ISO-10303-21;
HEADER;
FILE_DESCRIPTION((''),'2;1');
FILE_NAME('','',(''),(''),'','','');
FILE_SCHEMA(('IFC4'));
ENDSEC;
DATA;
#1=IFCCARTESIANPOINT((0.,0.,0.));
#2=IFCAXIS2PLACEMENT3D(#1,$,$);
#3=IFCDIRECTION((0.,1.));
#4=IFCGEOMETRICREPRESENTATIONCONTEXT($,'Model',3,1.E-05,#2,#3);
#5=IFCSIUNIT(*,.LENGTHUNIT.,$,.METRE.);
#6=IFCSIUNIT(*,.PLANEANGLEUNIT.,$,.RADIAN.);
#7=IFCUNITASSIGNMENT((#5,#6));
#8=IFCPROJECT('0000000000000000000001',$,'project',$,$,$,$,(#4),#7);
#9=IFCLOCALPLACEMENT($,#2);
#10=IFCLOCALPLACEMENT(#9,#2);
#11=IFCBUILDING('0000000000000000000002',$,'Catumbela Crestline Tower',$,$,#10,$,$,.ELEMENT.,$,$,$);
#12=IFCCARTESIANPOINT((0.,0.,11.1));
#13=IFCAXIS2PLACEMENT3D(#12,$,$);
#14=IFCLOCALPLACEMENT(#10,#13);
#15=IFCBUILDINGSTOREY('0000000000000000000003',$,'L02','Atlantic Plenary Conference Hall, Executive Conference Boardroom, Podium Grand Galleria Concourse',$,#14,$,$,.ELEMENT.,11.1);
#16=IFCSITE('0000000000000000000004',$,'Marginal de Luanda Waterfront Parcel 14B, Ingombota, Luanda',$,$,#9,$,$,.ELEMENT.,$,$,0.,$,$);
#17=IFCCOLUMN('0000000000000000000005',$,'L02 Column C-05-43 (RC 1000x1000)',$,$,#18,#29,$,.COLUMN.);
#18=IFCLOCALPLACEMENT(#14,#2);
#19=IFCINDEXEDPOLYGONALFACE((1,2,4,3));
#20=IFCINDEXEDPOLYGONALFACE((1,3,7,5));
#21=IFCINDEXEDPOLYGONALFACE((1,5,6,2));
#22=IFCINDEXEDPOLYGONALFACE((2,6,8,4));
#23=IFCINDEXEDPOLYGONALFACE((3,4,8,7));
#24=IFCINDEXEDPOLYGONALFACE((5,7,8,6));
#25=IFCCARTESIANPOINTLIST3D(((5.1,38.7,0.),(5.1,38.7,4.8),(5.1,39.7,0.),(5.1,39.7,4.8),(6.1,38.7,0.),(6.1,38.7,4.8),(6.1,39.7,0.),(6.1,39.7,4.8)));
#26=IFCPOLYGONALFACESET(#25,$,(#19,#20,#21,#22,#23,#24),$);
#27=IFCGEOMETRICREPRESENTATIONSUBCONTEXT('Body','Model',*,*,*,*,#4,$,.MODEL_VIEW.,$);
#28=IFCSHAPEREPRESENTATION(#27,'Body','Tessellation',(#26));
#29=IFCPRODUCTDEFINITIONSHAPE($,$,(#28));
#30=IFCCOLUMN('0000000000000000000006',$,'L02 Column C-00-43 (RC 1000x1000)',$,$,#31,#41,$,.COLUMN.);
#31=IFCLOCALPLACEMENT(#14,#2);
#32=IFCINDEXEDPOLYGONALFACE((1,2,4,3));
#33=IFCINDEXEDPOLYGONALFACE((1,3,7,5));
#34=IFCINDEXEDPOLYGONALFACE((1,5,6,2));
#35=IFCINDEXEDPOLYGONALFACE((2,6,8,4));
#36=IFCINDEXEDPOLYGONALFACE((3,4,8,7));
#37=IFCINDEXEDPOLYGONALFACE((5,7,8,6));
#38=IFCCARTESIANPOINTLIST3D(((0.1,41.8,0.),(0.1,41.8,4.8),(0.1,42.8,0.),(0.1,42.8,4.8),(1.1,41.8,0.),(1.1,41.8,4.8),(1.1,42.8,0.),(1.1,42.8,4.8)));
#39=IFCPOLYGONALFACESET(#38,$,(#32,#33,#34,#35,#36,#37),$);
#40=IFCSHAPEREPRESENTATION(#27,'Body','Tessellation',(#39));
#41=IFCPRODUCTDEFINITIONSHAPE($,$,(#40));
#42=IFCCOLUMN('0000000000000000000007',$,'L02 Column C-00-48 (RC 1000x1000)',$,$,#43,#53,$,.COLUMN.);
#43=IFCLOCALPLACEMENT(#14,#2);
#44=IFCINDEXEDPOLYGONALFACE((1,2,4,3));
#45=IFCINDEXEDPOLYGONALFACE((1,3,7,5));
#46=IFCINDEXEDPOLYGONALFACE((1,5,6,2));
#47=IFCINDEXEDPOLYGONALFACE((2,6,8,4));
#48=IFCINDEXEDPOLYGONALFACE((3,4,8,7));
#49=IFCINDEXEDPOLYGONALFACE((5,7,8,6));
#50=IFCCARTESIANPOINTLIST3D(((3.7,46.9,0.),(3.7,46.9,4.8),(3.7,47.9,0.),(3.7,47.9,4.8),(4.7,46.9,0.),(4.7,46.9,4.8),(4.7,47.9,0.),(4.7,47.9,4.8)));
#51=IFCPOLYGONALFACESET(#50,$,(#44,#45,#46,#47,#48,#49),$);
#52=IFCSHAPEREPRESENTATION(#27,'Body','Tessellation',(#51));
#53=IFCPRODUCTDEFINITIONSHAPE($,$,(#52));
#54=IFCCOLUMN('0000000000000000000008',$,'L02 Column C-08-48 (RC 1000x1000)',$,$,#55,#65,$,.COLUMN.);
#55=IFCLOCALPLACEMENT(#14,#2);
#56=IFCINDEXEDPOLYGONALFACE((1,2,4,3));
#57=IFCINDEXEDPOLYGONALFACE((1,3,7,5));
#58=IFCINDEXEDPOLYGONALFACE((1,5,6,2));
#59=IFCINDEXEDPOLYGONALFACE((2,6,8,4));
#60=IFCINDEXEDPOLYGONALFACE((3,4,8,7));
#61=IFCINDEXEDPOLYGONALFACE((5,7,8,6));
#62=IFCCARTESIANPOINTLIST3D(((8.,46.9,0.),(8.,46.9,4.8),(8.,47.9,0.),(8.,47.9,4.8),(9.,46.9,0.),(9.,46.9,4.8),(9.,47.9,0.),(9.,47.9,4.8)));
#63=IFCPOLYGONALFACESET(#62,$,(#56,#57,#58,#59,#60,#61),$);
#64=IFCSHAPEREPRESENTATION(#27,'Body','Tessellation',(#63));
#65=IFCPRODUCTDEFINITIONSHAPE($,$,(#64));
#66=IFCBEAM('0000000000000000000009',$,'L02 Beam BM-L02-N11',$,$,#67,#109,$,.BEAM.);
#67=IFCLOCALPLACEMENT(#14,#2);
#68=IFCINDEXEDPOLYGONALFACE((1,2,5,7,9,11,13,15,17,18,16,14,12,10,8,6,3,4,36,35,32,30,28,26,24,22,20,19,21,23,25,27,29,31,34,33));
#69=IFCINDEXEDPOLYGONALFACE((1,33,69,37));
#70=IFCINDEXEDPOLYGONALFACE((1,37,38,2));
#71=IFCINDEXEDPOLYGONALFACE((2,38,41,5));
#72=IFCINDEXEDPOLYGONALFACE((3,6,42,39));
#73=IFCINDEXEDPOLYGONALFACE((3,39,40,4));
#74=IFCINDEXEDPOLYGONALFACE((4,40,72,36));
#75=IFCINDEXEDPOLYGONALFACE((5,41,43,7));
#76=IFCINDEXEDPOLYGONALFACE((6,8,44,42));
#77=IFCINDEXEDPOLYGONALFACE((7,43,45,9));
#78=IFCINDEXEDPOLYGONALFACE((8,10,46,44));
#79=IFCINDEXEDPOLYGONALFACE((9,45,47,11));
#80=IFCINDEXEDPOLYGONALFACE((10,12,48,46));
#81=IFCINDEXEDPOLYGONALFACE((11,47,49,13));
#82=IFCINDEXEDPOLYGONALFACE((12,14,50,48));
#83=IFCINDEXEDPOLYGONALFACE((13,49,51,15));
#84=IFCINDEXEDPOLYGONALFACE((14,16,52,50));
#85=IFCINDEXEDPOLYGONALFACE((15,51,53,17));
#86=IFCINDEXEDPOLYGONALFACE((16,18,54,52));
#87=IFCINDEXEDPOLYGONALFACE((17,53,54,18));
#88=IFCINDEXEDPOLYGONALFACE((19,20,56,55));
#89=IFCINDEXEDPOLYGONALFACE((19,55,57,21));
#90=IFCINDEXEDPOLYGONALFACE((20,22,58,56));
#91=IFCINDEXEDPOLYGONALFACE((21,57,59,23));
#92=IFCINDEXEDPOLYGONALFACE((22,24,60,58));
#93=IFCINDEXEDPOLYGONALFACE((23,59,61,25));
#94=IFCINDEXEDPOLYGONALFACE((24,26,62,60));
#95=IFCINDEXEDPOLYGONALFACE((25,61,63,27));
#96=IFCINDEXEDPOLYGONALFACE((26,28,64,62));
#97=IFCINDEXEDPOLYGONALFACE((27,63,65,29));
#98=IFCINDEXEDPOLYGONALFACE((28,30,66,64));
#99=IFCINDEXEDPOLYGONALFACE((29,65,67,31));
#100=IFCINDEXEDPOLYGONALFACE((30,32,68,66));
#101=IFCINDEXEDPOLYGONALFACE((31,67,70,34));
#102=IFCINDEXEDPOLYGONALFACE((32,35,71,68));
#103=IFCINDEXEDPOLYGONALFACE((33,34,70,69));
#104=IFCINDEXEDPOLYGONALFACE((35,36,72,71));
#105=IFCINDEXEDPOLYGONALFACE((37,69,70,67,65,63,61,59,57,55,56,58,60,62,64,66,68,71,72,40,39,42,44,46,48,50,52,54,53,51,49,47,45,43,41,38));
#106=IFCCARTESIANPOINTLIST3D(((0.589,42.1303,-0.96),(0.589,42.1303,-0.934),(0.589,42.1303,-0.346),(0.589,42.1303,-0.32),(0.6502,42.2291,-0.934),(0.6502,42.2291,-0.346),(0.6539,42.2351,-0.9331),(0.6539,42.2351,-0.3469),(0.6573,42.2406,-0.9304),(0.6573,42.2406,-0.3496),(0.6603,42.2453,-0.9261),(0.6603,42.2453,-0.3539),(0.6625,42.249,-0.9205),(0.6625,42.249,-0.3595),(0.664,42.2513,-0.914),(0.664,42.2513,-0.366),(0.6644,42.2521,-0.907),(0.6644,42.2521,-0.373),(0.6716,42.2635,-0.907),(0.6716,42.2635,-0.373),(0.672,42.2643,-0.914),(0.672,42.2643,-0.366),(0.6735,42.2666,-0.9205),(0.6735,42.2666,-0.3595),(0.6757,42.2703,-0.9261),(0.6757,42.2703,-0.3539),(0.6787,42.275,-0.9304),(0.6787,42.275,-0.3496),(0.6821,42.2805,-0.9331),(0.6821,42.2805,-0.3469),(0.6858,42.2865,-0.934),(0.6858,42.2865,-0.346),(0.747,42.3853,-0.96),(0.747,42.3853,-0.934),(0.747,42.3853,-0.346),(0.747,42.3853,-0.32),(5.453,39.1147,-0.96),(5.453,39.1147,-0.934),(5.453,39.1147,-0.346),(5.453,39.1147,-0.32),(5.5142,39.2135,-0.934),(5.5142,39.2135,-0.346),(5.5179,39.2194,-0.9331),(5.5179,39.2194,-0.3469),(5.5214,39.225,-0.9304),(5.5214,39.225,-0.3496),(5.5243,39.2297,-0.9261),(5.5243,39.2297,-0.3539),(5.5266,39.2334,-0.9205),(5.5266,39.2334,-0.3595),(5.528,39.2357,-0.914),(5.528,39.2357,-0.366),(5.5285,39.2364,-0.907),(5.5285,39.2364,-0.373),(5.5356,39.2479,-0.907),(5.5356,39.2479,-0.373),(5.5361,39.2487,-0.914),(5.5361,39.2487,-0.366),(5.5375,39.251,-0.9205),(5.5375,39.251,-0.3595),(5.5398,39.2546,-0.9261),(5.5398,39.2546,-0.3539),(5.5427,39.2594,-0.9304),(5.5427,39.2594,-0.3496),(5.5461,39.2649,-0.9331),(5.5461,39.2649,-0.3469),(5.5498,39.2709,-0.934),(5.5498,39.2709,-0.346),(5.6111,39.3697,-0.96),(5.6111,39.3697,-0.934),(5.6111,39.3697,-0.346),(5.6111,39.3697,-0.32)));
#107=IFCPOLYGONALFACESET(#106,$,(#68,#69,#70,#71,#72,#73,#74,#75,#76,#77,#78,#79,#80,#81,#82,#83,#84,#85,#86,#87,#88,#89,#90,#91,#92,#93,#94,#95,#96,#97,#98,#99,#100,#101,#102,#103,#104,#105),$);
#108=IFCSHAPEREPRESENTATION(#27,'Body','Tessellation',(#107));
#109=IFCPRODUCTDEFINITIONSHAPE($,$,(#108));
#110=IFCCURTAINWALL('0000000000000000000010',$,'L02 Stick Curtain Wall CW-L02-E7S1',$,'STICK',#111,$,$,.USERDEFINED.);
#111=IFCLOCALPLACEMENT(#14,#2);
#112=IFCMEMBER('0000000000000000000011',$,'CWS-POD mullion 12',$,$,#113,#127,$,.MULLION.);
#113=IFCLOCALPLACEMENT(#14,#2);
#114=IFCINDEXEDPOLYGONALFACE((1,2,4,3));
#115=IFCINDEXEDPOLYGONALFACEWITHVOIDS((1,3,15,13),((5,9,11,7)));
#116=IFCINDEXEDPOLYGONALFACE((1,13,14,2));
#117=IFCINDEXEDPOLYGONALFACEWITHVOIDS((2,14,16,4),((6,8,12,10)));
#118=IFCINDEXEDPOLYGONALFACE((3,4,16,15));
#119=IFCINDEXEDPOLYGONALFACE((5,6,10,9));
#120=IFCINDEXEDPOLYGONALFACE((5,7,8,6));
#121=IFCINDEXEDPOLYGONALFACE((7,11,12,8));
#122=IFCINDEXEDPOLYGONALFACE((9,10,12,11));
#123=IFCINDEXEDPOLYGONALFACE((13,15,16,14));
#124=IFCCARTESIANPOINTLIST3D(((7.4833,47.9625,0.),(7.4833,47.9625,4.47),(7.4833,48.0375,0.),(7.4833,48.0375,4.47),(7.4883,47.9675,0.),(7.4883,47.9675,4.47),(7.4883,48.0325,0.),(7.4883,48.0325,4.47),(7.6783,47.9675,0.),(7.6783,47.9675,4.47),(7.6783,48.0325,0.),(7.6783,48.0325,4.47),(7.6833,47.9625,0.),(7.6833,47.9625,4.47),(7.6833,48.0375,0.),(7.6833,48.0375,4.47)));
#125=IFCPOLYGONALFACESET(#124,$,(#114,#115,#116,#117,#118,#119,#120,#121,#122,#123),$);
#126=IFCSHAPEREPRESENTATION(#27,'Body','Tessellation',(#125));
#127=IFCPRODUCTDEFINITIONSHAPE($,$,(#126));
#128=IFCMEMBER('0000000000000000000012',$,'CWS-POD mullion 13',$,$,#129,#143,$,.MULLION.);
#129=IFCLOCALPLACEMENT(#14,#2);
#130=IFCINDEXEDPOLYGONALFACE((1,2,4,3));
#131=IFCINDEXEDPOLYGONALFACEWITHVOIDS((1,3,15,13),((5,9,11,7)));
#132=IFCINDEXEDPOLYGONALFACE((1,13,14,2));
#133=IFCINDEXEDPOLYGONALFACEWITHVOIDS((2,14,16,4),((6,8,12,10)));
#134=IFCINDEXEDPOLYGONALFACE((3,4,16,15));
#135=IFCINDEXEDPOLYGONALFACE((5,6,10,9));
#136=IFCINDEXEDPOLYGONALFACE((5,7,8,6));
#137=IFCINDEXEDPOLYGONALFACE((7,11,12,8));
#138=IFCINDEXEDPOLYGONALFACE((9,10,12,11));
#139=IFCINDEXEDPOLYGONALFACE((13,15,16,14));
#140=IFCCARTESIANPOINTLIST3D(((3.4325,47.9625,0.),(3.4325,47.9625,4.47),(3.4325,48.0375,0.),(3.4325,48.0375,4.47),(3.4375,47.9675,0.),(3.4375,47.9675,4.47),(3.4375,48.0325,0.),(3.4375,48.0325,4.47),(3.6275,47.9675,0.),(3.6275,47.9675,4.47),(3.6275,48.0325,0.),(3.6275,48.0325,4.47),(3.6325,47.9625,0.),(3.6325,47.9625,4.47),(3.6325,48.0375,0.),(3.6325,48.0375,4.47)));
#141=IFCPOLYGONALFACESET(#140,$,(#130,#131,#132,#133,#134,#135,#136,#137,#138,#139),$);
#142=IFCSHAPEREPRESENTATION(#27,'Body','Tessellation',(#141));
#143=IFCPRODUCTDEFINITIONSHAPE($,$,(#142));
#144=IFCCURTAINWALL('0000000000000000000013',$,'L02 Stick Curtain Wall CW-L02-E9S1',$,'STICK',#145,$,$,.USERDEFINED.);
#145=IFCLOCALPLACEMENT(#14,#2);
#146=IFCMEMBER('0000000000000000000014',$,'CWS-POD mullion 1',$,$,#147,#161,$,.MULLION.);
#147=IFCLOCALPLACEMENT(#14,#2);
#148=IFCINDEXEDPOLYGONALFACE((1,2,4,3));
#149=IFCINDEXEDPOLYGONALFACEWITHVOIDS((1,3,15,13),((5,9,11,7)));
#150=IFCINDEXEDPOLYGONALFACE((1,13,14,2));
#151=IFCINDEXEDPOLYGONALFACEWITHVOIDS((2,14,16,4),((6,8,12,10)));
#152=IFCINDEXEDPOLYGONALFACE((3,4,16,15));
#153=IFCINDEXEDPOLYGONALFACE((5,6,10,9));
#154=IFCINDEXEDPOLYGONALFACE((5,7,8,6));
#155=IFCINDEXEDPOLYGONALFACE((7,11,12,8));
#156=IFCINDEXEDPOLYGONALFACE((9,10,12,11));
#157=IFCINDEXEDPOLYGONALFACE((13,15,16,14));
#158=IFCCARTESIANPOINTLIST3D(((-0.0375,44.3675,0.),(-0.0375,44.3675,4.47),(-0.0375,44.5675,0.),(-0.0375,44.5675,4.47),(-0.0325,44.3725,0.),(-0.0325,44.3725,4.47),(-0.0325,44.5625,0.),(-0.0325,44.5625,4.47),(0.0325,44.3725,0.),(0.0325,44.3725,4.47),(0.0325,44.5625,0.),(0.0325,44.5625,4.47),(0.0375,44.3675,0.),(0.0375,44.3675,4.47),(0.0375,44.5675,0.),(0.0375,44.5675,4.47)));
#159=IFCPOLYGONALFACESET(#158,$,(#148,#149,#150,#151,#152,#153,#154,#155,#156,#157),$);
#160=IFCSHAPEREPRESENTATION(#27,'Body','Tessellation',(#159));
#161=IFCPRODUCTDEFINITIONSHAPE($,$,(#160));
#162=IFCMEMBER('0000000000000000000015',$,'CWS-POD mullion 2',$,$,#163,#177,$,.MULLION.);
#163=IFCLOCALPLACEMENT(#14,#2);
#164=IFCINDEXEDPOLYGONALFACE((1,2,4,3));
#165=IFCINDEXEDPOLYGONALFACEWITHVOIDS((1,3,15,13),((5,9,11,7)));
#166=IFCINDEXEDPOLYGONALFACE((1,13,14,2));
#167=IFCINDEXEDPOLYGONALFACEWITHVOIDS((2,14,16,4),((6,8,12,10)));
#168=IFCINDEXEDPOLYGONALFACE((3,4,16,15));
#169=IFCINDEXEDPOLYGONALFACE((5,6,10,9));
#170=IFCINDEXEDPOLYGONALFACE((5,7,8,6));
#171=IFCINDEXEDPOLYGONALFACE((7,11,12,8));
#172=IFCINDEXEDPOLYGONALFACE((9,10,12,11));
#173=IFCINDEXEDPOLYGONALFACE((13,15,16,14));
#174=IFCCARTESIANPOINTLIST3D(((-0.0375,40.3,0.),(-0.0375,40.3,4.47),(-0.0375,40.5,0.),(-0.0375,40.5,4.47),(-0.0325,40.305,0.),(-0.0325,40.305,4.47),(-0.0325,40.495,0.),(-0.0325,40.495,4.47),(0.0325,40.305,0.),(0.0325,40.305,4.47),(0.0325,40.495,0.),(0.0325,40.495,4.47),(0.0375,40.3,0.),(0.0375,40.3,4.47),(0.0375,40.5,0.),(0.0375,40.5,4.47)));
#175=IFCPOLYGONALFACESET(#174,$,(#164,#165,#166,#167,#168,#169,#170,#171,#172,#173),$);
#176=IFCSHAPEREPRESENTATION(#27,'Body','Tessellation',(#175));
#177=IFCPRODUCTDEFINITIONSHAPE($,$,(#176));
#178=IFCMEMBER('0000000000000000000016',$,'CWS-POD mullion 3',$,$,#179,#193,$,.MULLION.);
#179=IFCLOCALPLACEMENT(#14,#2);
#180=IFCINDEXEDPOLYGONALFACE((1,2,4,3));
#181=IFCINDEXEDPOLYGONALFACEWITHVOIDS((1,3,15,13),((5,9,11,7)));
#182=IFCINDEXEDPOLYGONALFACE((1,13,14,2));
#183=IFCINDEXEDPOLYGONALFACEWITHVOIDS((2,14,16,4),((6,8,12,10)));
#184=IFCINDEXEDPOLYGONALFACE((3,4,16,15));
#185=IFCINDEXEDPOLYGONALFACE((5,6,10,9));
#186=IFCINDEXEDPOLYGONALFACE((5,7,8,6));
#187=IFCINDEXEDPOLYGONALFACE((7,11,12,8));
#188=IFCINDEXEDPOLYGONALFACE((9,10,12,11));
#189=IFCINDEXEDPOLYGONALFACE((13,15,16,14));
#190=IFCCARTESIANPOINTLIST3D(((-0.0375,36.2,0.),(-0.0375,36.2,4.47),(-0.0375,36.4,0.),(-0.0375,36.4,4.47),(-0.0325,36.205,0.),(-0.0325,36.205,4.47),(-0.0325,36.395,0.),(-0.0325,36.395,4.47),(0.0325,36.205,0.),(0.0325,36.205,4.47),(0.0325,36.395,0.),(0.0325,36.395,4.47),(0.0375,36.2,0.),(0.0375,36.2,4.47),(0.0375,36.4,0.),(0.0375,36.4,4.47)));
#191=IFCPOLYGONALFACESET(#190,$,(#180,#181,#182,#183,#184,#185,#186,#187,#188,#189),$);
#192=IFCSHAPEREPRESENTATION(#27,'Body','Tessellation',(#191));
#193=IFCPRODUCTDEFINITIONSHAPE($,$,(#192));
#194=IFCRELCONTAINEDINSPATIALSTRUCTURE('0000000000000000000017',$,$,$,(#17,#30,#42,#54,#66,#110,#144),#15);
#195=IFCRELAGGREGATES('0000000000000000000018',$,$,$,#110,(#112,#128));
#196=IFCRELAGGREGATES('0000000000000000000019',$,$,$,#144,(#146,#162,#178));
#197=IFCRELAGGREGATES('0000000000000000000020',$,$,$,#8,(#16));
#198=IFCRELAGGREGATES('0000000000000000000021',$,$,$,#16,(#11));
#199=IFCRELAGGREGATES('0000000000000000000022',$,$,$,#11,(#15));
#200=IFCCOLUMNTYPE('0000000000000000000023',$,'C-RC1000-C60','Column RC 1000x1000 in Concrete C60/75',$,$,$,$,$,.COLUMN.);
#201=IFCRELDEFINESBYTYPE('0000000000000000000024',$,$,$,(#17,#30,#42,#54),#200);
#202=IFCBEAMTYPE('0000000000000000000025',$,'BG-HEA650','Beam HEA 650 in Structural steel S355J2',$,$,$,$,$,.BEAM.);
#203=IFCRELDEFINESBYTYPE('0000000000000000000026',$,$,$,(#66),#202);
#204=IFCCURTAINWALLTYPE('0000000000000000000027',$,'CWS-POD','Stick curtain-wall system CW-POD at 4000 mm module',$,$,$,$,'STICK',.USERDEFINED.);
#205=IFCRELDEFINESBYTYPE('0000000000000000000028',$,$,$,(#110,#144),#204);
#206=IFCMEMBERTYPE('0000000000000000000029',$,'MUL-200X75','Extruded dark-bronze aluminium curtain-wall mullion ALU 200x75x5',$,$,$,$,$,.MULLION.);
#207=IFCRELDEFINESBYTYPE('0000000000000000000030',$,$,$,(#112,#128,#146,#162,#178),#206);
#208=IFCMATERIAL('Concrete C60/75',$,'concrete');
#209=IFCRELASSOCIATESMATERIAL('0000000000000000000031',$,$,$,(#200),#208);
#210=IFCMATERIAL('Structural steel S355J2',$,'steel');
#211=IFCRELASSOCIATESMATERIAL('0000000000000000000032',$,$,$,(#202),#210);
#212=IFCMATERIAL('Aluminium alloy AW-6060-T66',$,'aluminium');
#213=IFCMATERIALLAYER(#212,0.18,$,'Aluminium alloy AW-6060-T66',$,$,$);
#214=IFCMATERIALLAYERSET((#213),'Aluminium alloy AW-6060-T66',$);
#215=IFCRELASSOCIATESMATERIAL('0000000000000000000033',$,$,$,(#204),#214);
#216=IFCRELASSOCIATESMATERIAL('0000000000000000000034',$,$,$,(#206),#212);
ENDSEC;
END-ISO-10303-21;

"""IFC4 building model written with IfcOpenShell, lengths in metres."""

from ifc_helpers import new_model, si_unit, direction, frame, origin, origin_2d, place, context, subcontext, project, spatial, rectangle, hollow_rectangle, i_section, extrude, material, layer, layer_set, material_profile, profile_set, type_object, element, aggregate, save


model = new_model("IFC4")

# Units and contexts
model_context = context("Model", 3, precision=1e-05, world=origin(), true_north=direction((0.0, 1.0)))
body_context = subcontext(model_context, "Body", "Model", "MODEL_VIEW")
ifc_project = project(units=[si_unit("LENGTHUNIT", "METRE"), si_unit("PLANEANGLEUNIT", "RADIAN")], contexts=[model_context])

# Site, building, storey
site_placement = place(None, origin())
site = spatial("IfcSite", under=ifc_project, at=site_placement, Name="Marginal de Luanda Waterfront Parcel 14B, Ingombota, Luanda", CompositionType="ELEMENT", RefElevation=0.0)
building_placement = place(site_placement, origin())
building = spatial("IfcBuilding", under=site, at=building_placement, Name="Catumbela Crestline Tower", CompositionType="ELEMENT")
storey_placement = place(building_placement, frame((0.0, 0.0, 11.1)))
storey = spatial("IfcBuildingStorey", under=building, at=storey_placement, Name="L02", Description="Atlantic Plenary Conference Hall, Executive Conference Boardroom, Podium Grand Galleria Concourse", CompositionType="ELEMENT", Elevation=11.1)

# Columns
ifc_material_1 = material(Name="Concrete C60/75", Category="concrete")
ifc_material_profile_1 = material_profile(ifc_material_1, rectangle(XDim=1.0, YDim=1.0, at=origin_2d()), Name="RC 1000x1000")
ifc_profile_set_1 = profile_set([ifc_material_profile_1], Name="Concrete C60/75")
column_type = type_object("IfcColumnType", Name="C-RC1000-C60", Description="Column RC 1000x1000 in Concrete C60/75", PredefinedType="COLUMN", material=ifc_profile_set_1)
for number, where, z_axis, x_axis, name in (
    (1, (5.6, 39.2, 0.0), (0.0, 0.0, 1.0), (1.0, 0.0, 0.0), "L02 Column C-05-43 (RC 1000x1000)"),
    (2, (0.6, 42.3, 0.0), (0.0, 0.0, 1.0), (1.0, 0.0, 0.0), "L02 Column C-00-43 (RC 1000x1000)"),
    (3, (4.2, 47.4, 0.0), (0.0, 0.0, 1.0), (1.0, 0.0, 0.0), "L02 Column C-00-48 (RC 1000x1000)"),
    (4, (8.5, 47.4, 0.0), (0.0, 0.0, 1.0), (1.0, 0.0, 0.0), "L02 Column C-08-48 (RC 1000x1000)"),
):
    element("IfcColumn", number, at=place(storey_placement, frame(where, z_axis=z_axis, x_axis=x_axis)), inside=storey, type_object=column_type, Name=name, PredefinedType="COLUMN", context=body_context, shape_type="SweptSolid", body=[
        extrude(rectangle(XDim=1.0, YDim=1.0, at=origin_2d()), origin(), (0.0, 0.0, 1.0), 4.8),
    ])

# Beam
ifc_material_2 = material(Name="Structural steel S355J2", Category="steel")
ifc_material_profile_2 = material_profile(ifc_material_2, i_section(OverallWidth=0.3, OverallDepth=0.64, WebThickness=0.0135, FlangeThickness=0.026, FilletRadius=0.027, at=origin_2d()), Name="HEA 650")
ifc_profile_set_2 = profile_set([ifc_material_profile_2], Name="Structural steel S355J2")
beam_type_1 = type_object("IfcBeamType", Name="BG-HEA650", Description="Beam HEA 650 in Structural steel S355J2", PredefinedType="BEAM", material=ifc_profile_set_2)
beam_1_placement = place(storey_placement, frame((0.668, 42.2578, -0.64), z_axis=(0.849909, -0.52693, 0.0), x_axis=(0.52693, 0.849909, 0.0)))
element("IfcBeam", 5, at=beam_1_placement, inside=storey, type_object=beam_type_1, Name="L02 Beam BM-L02-N11", PredefinedType="BEAM", context=body_context, shape_type="SweptSolid", body=[
    extrude(i_section(OverallWidth=0.3, OverallDepth=0.64, WebThickness=0.0135, FlangeThickness=0.026, FilletRadius=0.027, at=origin_2d()), origin(), (0.0, 0.0, 1.0), 5.723),
])

# Curtain walls, members
ifc_material_3 = material(Name="Aluminium alloy AW-6060-T66", Category="aluminium")
ifc_layer_1 = layer(ifc_material_3, 0.18, Name="Aluminium alloy AW-6060-T66")
ifc_layer_set_1 = layer_set([ifc_layer_1], Name="Aluminium alloy AW-6060-T66")
curtain_wall_type = type_object("IfcCurtainWallType", Name="CWS-POD", Description="Stick curtain-wall system CW-POD at 4000 mm module", ElementType="STICK", PredefinedType="USERDEFINED", material=ifc_layer_set_1)
curtain_wall_1_placement = place(storey_placement, origin())
curtain_wall_1 = element("IfcCurtainWall", 6, at=curtain_wall_1_placement, inside=storey, type_object=curtain_wall_type, Name="L02 Stick Curtain Wall CW-L02-E7S1", ObjectType="STICK", PredefinedType="USERDEFINED")
ifc_material_profile_3 = material_profile(ifc_material_3, hollow_rectangle(XDim=0.075, YDim=0.2, WallThickness=0.005, at=origin_2d()), Name="ALU 200x75x5")
ifc_profile_set_3 = profile_set([ifc_material_profile_3], Name="Aluminium alloy AW-6060-T66")
member_type_1 = type_object("IfcMemberType", Name="MUL-200X75", Description="Extruded dark-bronze aluminium curtain-wall mullion ALU 200x75x5", PredefinedType="MULLION", material=ifc_profile_set_3)
member_1_placement = place(storey_placement, frame((7.5833, 48.0, 0.0), z_axis=(0.0, 0.0, 1.0), x_axis=(0.0, -1.0, 0.0)))
member_1 = element("IfcMember", 7, at=member_1_placement, type_object=member_type_1, Name="CWS-POD mullion 12", PredefinedType="MULLION", context=body_context, shape_type="SweptSolid", body=[
    extrude(hollow_rectangle(XDim=0.075, YDim=0.2, WallThickness=0.005, at=origin_2d()), origin(), (0.0, 0.0, 1.0), 4.47),
])
member_2_placement = place(storey_placement, frame((3.5325, 48.0, 0.0), z_axis=(0.0, 0.0, 1.0), x_axis=(0.0, -1.0, 0.0)))
member_2 = element("IfcMember", 8, at=member_2_placement, type_object=member_type_1, Name="CWS-POD mullion 13", PredefinedType="MULLION", context=body_context, shape_type="SweptSolid", body=[
    extrude(hollow_rectangle(XDim=0.075, YDim=0.2, WallThickness=0.005, at=origin_2d()), origin(), (0.0, 0.0, 1.0), 4.47),
])
curtain_wall_2_placement = place(storey_placement, origin())
curtain_wall_2 = element("IfcCurtainWall", 9, at=curtain_wall_2_placement, inside=storey, type_object=curtain_wall_type, Name="L02 Stick Curtain Wall CW-L02-E9S1", ObjectType="STICK", PredefinedType="USERDEFINED")
member_3_placement = place(storey_placement, frame((0.0, 44.4675, 0.0), z_axis=(0.0, 0.0, 1.0), x_axis=(1.0, 0.0, 0.0)))
member_3 = element("IfcMember", 10, at=member_3_placement, type_object=member_type_1, Name="CWS-POD mullion 1", PredefinedType="MULLION", context=body_context, shape_type="SweptSolid", body=[
    extrude(hollow_rectangle(XDim=0.075, YDim=0.2, WallThickness=0.005, at=origin_2d()), origin(), (0.0, 0.0, 1.0), 4.47),
])
member_4_placement = place(storey_placement, frame((0.0, 40.4, 0.0), z_axis=(0.0, 0.0, 1.0), x_axis=(1.0, 0.0, 0.0)))
member_4 = element("IfcMember", 11, at=member_4_placement, type_object=member_type_1, Name="CWS-POD mullion 2", PredefinedType="MULLION", context=body_context, shape_type="SweptSolid", body=[
    extrude(hollow_rectangle(XDim=0.075, YDim=0.2, WallThickness=0.005, at=origin_2d()), origin(), (0.0, 0.0, 1.0), 4.47),
])
member_5_placement = place(storey_placement, frame((0.0, 36.3, 0.0), z_axis=(0.0, 0.0, 1.0), x_axis=(1.0, 0.0, 0.0)))
member_5 = element("IfcMember", 12, at=member_5_placement, type_object=member_type_1, Name="CWS-POD mullion 3", PredefinedType="MULLION", context=body_context, shape_type="SweptSolid", body=[
    extrude(hollow_rectangle(XDim=0.075, YDim=0.2, WallThickness=0.005, at=origin_2d()), origin(), (0.0, 0.0, 1.0), 4.47),
])

aggregate(curtain_wall_1, [member_1, member_2])
aggregate(curtain_wall_2, [member_3, member_4, member_5])

save(model, "model.ifc")
